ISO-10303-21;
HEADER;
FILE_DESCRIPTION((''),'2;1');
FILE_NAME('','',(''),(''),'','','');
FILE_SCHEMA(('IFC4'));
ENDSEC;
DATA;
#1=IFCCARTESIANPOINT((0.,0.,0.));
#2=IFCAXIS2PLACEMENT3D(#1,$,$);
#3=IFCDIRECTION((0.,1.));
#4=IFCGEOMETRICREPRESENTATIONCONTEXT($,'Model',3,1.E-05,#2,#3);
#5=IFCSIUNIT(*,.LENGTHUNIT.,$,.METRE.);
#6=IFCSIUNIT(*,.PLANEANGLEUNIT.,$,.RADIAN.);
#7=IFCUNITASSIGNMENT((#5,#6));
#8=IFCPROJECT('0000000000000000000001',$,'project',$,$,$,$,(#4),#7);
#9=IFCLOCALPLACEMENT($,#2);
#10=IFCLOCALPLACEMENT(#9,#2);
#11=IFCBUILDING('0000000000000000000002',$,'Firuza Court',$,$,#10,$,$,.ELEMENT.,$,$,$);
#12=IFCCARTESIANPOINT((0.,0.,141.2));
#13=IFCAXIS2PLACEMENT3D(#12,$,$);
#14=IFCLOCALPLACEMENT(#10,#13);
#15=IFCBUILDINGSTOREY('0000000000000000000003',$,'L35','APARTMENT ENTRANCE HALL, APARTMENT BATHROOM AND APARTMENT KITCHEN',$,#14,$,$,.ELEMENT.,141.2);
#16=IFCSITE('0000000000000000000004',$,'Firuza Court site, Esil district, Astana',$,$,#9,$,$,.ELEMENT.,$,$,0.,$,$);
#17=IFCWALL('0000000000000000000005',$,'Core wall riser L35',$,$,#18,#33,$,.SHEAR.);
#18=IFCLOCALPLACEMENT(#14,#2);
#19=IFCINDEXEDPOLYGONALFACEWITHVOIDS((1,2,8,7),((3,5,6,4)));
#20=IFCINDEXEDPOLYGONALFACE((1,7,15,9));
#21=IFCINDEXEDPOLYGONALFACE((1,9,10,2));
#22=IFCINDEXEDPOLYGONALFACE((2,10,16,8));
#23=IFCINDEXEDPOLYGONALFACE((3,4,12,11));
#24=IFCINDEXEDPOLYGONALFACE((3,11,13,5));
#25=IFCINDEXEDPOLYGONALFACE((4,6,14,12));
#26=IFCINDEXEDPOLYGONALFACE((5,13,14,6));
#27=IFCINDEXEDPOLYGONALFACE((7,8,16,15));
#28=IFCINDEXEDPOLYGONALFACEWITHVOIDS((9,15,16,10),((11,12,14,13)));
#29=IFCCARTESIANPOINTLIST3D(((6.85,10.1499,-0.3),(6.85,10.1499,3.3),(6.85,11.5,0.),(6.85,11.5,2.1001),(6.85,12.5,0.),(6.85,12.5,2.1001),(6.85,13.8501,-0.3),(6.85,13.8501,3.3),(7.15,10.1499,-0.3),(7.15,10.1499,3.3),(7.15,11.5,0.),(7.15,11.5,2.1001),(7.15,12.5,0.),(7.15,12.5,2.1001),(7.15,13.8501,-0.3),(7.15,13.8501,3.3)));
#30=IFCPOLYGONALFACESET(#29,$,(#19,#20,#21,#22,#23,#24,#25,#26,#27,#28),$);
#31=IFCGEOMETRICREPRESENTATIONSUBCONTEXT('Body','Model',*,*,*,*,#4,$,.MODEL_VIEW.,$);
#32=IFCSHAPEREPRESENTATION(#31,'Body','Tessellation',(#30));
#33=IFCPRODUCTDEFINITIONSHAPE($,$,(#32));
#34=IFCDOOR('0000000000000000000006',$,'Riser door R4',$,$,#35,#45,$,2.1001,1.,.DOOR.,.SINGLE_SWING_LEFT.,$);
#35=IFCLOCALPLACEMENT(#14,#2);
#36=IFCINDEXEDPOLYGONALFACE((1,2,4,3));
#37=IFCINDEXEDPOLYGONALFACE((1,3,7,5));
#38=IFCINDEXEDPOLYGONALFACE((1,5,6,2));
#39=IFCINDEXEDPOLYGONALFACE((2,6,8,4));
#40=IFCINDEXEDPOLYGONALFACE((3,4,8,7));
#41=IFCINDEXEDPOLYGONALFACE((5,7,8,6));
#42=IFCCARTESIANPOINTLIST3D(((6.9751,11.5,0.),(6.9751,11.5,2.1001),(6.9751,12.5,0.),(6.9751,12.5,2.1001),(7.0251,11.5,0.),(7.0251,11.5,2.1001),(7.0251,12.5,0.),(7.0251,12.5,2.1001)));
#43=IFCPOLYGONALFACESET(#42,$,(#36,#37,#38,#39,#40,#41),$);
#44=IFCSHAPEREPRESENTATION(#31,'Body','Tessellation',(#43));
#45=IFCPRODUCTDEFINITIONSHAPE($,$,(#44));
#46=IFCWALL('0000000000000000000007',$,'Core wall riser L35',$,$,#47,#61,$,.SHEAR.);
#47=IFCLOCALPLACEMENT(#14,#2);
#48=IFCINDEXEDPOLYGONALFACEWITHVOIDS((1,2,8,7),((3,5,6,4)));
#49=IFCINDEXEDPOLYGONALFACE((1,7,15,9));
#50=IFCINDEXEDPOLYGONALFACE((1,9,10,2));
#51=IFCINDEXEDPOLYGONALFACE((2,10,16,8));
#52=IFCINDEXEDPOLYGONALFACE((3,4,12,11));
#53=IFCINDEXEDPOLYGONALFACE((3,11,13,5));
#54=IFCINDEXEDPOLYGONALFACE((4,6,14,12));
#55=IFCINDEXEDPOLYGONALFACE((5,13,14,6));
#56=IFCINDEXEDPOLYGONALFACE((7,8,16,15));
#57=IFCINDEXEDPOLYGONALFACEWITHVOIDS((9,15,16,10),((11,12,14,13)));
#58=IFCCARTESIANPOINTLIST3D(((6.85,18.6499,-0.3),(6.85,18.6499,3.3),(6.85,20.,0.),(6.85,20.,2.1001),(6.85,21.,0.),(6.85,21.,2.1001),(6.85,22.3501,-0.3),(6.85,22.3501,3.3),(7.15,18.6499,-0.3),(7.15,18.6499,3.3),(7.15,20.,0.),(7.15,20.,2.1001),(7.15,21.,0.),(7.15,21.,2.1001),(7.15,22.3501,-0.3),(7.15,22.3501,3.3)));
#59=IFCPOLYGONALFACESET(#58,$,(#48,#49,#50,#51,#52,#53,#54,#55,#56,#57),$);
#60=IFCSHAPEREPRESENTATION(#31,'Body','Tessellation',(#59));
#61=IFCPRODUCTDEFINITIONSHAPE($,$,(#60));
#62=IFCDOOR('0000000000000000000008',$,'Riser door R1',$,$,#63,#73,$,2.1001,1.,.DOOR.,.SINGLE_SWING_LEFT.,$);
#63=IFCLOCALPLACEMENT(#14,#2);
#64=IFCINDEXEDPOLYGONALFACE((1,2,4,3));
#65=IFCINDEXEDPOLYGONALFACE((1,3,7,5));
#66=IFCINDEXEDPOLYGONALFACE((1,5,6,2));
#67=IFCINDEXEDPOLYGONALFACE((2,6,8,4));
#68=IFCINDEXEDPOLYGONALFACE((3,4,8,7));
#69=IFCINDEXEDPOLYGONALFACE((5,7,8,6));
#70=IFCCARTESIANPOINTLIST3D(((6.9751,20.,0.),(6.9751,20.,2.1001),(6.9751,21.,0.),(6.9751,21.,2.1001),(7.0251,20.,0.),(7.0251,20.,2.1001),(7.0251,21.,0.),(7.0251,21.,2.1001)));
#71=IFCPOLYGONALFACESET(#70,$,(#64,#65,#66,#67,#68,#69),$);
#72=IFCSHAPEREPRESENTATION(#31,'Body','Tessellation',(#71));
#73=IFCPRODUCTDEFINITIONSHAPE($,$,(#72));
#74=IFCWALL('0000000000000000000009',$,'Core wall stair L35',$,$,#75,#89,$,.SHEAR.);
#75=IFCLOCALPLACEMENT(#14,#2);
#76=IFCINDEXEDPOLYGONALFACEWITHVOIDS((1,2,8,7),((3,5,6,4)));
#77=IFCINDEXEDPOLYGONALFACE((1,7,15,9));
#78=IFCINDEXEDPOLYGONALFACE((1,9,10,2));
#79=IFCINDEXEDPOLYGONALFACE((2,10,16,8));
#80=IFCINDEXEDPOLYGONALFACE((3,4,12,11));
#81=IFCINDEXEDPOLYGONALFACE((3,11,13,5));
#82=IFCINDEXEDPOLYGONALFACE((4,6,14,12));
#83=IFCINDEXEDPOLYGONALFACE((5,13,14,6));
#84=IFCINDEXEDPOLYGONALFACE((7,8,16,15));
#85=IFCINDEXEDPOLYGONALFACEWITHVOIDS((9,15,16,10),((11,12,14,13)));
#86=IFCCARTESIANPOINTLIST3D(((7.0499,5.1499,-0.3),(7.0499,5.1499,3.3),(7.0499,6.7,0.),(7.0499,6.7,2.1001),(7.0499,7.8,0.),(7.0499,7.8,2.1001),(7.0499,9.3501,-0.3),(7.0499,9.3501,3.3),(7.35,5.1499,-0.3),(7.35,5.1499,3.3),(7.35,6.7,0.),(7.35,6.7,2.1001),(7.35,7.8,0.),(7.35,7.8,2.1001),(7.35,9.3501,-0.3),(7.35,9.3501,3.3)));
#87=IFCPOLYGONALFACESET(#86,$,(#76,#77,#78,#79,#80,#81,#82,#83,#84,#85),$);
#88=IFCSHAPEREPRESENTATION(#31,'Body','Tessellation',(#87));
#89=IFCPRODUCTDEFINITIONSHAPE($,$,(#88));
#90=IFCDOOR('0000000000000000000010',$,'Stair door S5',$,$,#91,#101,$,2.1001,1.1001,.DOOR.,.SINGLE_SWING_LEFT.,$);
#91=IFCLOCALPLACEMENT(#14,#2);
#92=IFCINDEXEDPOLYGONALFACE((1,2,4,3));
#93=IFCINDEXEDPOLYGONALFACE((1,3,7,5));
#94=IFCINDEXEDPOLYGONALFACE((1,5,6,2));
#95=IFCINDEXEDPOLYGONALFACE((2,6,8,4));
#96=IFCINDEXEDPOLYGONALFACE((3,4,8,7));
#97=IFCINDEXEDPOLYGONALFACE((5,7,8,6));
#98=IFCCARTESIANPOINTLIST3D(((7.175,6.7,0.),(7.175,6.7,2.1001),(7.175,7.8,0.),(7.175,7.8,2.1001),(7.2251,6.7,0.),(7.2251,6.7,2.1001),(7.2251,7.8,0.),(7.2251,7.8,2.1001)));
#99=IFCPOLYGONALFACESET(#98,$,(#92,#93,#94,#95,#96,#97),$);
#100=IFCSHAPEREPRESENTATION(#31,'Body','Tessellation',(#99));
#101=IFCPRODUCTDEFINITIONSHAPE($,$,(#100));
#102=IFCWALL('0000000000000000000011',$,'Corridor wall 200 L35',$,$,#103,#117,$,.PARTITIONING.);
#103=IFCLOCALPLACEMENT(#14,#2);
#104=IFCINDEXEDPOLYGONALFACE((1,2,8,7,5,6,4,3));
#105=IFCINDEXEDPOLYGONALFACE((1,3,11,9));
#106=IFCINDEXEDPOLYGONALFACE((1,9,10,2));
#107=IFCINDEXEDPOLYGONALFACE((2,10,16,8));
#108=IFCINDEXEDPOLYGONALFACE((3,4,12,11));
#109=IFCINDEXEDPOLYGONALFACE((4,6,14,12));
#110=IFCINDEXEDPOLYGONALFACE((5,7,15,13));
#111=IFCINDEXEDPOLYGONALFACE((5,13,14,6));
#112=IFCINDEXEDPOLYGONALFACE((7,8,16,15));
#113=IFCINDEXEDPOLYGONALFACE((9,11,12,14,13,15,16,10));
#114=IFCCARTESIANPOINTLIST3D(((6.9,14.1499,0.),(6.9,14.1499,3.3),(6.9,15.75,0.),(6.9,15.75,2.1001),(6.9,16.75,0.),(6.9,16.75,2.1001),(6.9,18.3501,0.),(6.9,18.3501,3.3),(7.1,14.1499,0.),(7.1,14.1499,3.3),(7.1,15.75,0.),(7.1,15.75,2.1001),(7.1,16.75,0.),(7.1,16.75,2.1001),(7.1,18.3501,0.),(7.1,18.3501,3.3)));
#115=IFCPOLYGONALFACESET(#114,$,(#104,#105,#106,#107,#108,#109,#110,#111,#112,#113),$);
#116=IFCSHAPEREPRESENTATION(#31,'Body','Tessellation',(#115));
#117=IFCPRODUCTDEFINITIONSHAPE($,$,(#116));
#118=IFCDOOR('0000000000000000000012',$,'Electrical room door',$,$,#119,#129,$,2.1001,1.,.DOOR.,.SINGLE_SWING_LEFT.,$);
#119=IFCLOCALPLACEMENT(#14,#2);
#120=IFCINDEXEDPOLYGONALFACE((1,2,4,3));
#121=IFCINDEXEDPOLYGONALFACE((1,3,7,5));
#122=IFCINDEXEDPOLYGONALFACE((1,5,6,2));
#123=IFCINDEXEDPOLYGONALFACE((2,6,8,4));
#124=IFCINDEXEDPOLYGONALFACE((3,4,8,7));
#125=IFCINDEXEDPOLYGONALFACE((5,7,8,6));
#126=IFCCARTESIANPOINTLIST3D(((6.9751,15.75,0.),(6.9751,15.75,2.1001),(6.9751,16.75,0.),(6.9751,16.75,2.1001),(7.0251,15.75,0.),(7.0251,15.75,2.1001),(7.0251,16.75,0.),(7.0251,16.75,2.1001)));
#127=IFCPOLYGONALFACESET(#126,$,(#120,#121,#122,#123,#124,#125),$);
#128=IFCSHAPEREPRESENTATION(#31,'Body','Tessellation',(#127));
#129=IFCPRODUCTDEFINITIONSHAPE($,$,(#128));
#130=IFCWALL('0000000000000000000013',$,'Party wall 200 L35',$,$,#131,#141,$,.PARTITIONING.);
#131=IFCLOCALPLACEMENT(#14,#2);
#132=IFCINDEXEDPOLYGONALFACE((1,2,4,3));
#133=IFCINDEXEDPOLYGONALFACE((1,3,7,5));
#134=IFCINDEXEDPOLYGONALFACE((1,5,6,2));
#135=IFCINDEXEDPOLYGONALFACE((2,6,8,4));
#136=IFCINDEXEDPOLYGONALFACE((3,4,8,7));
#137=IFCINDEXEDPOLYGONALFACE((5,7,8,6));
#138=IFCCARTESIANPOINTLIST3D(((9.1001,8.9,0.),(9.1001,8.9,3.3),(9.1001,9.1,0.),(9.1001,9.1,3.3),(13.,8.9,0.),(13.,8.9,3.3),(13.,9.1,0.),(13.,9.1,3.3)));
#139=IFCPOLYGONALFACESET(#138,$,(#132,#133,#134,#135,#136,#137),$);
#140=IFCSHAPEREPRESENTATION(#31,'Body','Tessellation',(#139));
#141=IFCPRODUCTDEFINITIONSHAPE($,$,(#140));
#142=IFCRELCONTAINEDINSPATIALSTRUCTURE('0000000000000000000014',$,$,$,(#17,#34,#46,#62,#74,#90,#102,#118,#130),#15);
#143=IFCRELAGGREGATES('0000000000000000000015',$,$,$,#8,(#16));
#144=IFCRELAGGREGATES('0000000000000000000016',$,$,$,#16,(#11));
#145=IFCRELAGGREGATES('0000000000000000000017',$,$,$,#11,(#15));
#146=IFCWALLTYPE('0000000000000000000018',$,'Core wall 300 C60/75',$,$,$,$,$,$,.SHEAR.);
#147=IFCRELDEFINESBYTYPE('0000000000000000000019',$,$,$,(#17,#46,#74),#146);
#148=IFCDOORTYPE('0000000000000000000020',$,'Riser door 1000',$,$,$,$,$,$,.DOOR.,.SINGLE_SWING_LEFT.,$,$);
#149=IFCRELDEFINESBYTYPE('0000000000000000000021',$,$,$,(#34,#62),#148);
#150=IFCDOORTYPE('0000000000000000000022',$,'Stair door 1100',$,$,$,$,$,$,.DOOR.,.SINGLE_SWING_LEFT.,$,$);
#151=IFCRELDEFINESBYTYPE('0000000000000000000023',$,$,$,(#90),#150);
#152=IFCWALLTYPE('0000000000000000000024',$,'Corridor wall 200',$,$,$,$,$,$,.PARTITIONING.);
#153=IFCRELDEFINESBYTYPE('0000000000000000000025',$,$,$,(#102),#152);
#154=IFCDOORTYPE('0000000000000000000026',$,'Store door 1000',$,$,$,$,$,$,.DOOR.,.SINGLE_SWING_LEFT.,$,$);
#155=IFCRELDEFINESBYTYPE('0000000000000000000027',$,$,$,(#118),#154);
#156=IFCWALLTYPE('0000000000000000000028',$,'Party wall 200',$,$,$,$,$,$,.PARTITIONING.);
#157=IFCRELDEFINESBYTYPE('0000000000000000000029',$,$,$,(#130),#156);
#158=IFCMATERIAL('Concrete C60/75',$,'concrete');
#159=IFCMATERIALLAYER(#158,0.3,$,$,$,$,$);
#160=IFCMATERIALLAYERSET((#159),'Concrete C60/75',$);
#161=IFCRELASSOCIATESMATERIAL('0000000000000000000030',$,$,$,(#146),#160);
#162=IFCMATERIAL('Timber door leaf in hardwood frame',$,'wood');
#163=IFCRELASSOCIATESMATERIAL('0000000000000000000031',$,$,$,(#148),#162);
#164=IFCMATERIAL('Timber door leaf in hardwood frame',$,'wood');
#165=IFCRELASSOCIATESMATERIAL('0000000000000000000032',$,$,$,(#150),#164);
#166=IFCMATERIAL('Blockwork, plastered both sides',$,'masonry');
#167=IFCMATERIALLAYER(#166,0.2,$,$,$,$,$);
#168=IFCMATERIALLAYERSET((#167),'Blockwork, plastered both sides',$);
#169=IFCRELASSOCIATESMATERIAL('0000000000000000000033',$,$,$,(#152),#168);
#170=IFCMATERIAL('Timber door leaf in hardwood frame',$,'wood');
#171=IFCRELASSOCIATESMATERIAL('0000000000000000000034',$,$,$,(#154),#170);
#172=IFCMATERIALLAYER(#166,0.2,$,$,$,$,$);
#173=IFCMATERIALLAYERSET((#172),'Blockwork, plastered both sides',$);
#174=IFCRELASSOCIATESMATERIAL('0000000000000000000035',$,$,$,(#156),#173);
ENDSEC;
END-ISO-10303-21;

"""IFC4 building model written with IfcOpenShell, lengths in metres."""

from ifc_helpers import new_model, si_unit, direction, frame, frame_2d, origin, place, context, subcontext, project, spatial, rectangle, extrude, material, layer, layer_set, type_object, element, fill, save


model = new_model("IFC4")

# Units and contexts
model_context = context("Model", 3, precision=1e-05, world=origin(), true_north=direction((0.0, 1.0)))
body_context = subcontext(model_context, "Body", "Model", "MODEL_VIEW")
ifc_project = project(units=[si_unit("LENGTHUNIT", "METRE"), si_unit("PLANEANGLEUNIT", "RADIAN")], contexts=[model_context])

# Site, building, storey
site_placement = place(None, origin())
site = spatial("IfcSite", under=ifc_project, at=site_placement, Name="Firuza Court site, Esil district, Astana", CompositionType="ELEMENT", RefElevation=0.0)
building_placement = place(site_placement, origin())
building = spatial("IfcBuilding", under=site, at=building_placement, Name="Firuza Court", CompositionType="ELEMENT")
storey_placement = place(building_placement, frame((0.0, 0.0, 141.2)))
storey = spatial("IfcBuildingStorey", under=building, at=storey_placement, Name="L35", Description="APARTMENT ENTRANCE HALL, APARTMENT BATHROOM AND APARTMENT KITCHEN", CompositionType="ELEMENT", Elevation=141.2)

# Shared definitions
ifc_material_1 = material(Name="Concrete C60/75", Category="concrete")
ifc_layer_1 = layer(ifc_material_1, 0.3)
ifc_layer_set_1 = layer_set([ifc_layer_1], Name="Concrete C60/75")
wall_type_1 = type_object("IfcWallType", Name="Core wall 300 C60/75", PredefinedType="SHEAR", material=ifc_layer_set_1)

# Walls, openings, doors
wall_1_placement = place(storey_placement, frame((7.0, 10.1499, -0.3), z_axis=(0.0, 0.0, 1.0), x_axis=(0.0, 1.0, 0.0)))
wall_1 = element("IfcWall", 1, at=wall_1_placement, inside=storey, type_object=wall_type_1, Name="Core wall riser L35", PredefinedType="SHEAR", context=body_context, shape_type="SweptSolid", body=[
    extrude(rectangle(XDim=3.7002, YDim=0.3, at=frame_2d((1.8501, 0.0))), origin(), (0.0, 0.0, 1.0), 3.6001),
])
opening_1_placement = place(wall_1_placement, frame((1.3501, 0.0, 0.3)))
opening_1 = element("IfcOpeningElement", 2, at=opening_1_placement, cuts=wall_1, PredefinedType="OPENING", context=body_context, shape_type="SweptSolid", body=[
    extrude(rectangle(XDim=1.0, YDim=2.1001, at=frame_2d((0.5, 1.05))), frame((0.0, 0.1621, 0.0), z_axis=(0.0, -1.0, 0.0), x_axis=(1.0, 0.0, 0.0)), (0.0, 0.0, 1.0), 0.324),
])
ifc_material_2 = material(Name="Timber door leaf in hardwood frame", Category="wood")
door_type_1 = type_object("IfcDoorType", Name="Riser door 1000", OperationType="SINGLE_SWING_LEFT", PredefinedType="DOOR", material=ifc_material_2)
door_1_placement = place(opening_1_placement, origin())
door_1 = element("IfcDoor", 3, at=door_1_placement, inside=storey, type_object=door_type_1, Name="Riser door R4", OperationType="SINGLE_SWING_LEFT", OverallHeight=2.1001, OverallWidth=1.0, PredefinedType="DOOR", context=body_context, shape_type="SweptSolid", body=[
    extrude(rectangle(XDim=1.0, YDim=2.1001, at=frame_2d((0.5, 1.05))), frame((0.0, 0.0249, 0.0), z_axis=(0.0, -1.0, 0.0), x_axis=(1.0, 0.0, 0.0)), (0.0, 0.0, 1.0), 0.05),
])
fill(opening_1, door_1)
wall_2_placement = place(storey_placement, frame((7.0, 18.6499, -0.3), z_axis=(0.0, 0.0, 1.0), x_axis=(0.0, 1.0, 0.0)))
wall_2 = element("IfcWall", 4, at=wall_2_placement, inside=storey, type_object=wall_type_1, Name="Core wall riser L35", PredefinedType="SHEAR", context=body_context, shape_type="SweptSolid", body=[
    extrude(rectangle(XDim=3.7002, YDim=0.3, at=frame_2d((1.8501, 0.0))), origin(), (0.0, 0.0, 1.0), 3.6001),
])
opening_2_placement = place(wall_2_placement, frame((1.3501, 0.0, 0.3)))
opening_2 = element("IfcOpeningElement", 5, at=opening_2_placement, cuts=wall_2, PredefinedType="OPENING", context=body_context, shape_type="SweptSolid", body=[
    extrude(rectangle(XDim=1.0, YDim=2.1001, at=frame_2d((0.5, 1.05))), frame((0.0, 0.1621, 0.0), z_axis=(0.0, -1.0, 0.0), x_axis=(1.0, 0.0, 0.0)), (0.0, 0.0, 1.0), 0.324),
])
door_2_placement = place(opening_2_placement, origin())
door_2 = element("IfcDoor", 6, at=door_2_placement, inside=storey, type_object=door_type_1, Name="Riser door R1", OperationType="SINGLE_SWING_LEFT", OverallHeight=2.1001, OverallWidth=1.0, PredefinedType="DOOR", context=body_context, shape_type="SweptSolid", body=[
    extrude(rectangle(XDim=1.0, YDim=2.1001, at=frame_2d((0.5, 1.05))), frame((0.0, 0.0249, 0.0), z_axis=(0.0, -1.0, 0.0), x_axis=(1.0, 0.0, 0.0)), (0.0, 0.0, 1.0), 0.05),
])
fill(opening_2, door_2)
wall_3_placement = place(storey_placement, frame((7.2, 5.1499, -0.3), z_axis=(0.0, 0.0, 1.0), x_axis=(0.0, 1.0, 0.0)))
wall_3 = element("IfcWall", 7, at=wall_3_placement, inside=storey, type_object=wall_type_1, Name="Core wall stair L35", PredefinedType="SHEAR", context=body_context, shape_type="SweptSolid", body=[
    extrude(rectangle(XDim=4.2002, YDim=0.3, at=frame_2d((2.1001, 0.0))), origin(), (0.0, 0.0, 1.0), 3.6001),
])
opening_3_placement = place(wall_3_placement, frame((1.55, 0.0, 0.3)))
opening_3 = element("IfcOpeningElement", 8, at=opening_3_placement, cuts=wall_3, PredefinedType="OPENING", context=body_context, shape_type="SweptSolid", body=[
    extrude(rectangle(XDim=1.1001, YDim=2.1001, at=frame_2d((0.55, 1.05))), frame((0.0, 0.1621, 0.0), z_axis=(0.0, -1.0, 0.0), x_axis=(1.0, 0.0, 0.0)), (0.0, 0.0, 1.0), 0.324),
])
ifc_material_3 = material(Name="Timber door leaf in hardwood frame", Category="wood")
door_type_2 = type_object("IfcDoorType", Name="Stair door 1100", OperationType="SINGLE_SWING_LEFT", PredefinedType="DOOR", material=ifc_material_3)
door_3_placement = place(opening_3_placement, origin())
door_3 = element("IfcDoor", 9, at=door_3_placement, inside=storey, type_object=door_type_2, Name="Stair door S5", OperationType="SINGLE_SWING_LEFT", OverallHeight=2.1001, OverallWidth=1.1001, PredefinedType="DOOR", context=body_context, shape_type="SweptSolid", body=[
    extrude(rectangle(XDim=1.1001, YDim=2.1001, at=frame_2d((0.55, 1.05))), frame((0.0, 0.0249, 0.0), z_axis=(0.0, -1.0, 0.0), x_axis=(1.0, 0.0, 0.0)), (0.0, 0.0, 1.0), 0.05),
])
fill(opening_3, door_3)
ifc_material_4 = material(Name="Blockwork, plastered both sides", Category="masonry")
ifc_layer_2 = layer(ifc_material_4, 0.2)
ifc_layer_set_2 = layer_set([ifc_layer_2], Name="Blockwork, plastered both sides")
wall_type_2 = type_object("IfcWallType", Name="Corridor wall 200", PredefinedType="PARTITIONING", material=ifc_layer_set_2)
wall_4_placement = place(storey_placement, frame((7.0, 14.1499, 0.0), z_axis=(0.0, 0.0, 1.0), x_axis=(0.0, 1.0, 0.0)))
wall_4 = element("IfcWall", 10, at=wall_4_placement, inside=storey, type_object=wall_type_2, Name="Corridor wall 200 L35", PredefinedType="PARTITIONING", context=body_context, shape_type="SweptSolid", body=[
    extrude(rectangle(XDim=4.2002, YDim=0.2, at=frame_2d((2.1001, 0.0))), origin(), (0.0, 0.0, 1.0), 3.3),
])
opening_4_placement = place(wall_4_placement, frame((1.6001, 0.0, 0.0)))
opening_4 = element("IfcOpeningElement", 11, at=opening_4_placement, cuts=wall_4, PredefinedType="OPENING", context=body_context, shape_type="SweptSolid", body=[
    extrude(rectangle(XDim=1.0, YDim=2.1001, at=frame_2d((0.5, 1.05))), frame((0.0, 0.1118, 0.0), z_axis=(0.0, -1.0, 0.0), x_axis=(1.0, 0.0, 0.0)), (0.0, 0.0, 1.0), 0.2239),
])
ifc_material_5 = material(Name="Timber door leaf in hardwood frame", Category="wood")
door_type_3 = type_object("IfcDoorType", Name="Store door 1000", OperationType="SINGLE_SWING_LEFT", PredefinedType="DOOR", material=ifc_material_5)
door_4_placement = place(opening_4_placement, origin())
door_4 = element("IfcDoor", 12, at=door_4_placement, inside=storey, type_object=door_type_3, Name="Electrical room door", OperationType="SINGLE_SWING_LEFT", OverallHeight=2.1001, OverallWidth=1.0, PredefinedType="DOOR", context=body_context, shape_type="SweptSolid", body=[
    extrude(rectangle(XDim=1.0, YDim=2.1001, at=frame_2d((0.5, 1.05))), frame((0.0, 0.0249, 0.0), z_axis=(0.0, -1.0, 0.0), x_axis=(1.0, 0.0, 0.0)), (0.0, 0.0, 1.0), 0.05),
])
fill(opening_4, door_4)

# Wall
ifc_layer_3 = layer(ifc_material_4, 0.2)
ifc_layer_set_3 = layer_set([ifc_layer_3], Name="Blockwork, plastered both sides")
wall_type_3 = type_object("IfcWallType", Name="Party wall 200", PredefinedType="PARTITIONING", material=ifc_layer_set_3)
wall_5_placement = place(storey_placement, frame((9.1001, 9.0, 0.0), z_axis=(0.0, 0.0, 1.0), x_axis=(1.0, 0.0, 0.0)))
element("IfcWall", 13, at=wall_5_placement, inside=storey, type_object=wall_type_3, Name="Party wall 200 L35", PredefinedType="PARTITIONING", context=body_context, shape_type="SweptSolid", body=[
    extrude(rectangle(XDim=3.8999, YDim=0.2, at=frame_2d((1.95, 0.0))), origin(), (0.0, 0.0, 1.0), 3.3),
])

save(model, "model.ifc")
